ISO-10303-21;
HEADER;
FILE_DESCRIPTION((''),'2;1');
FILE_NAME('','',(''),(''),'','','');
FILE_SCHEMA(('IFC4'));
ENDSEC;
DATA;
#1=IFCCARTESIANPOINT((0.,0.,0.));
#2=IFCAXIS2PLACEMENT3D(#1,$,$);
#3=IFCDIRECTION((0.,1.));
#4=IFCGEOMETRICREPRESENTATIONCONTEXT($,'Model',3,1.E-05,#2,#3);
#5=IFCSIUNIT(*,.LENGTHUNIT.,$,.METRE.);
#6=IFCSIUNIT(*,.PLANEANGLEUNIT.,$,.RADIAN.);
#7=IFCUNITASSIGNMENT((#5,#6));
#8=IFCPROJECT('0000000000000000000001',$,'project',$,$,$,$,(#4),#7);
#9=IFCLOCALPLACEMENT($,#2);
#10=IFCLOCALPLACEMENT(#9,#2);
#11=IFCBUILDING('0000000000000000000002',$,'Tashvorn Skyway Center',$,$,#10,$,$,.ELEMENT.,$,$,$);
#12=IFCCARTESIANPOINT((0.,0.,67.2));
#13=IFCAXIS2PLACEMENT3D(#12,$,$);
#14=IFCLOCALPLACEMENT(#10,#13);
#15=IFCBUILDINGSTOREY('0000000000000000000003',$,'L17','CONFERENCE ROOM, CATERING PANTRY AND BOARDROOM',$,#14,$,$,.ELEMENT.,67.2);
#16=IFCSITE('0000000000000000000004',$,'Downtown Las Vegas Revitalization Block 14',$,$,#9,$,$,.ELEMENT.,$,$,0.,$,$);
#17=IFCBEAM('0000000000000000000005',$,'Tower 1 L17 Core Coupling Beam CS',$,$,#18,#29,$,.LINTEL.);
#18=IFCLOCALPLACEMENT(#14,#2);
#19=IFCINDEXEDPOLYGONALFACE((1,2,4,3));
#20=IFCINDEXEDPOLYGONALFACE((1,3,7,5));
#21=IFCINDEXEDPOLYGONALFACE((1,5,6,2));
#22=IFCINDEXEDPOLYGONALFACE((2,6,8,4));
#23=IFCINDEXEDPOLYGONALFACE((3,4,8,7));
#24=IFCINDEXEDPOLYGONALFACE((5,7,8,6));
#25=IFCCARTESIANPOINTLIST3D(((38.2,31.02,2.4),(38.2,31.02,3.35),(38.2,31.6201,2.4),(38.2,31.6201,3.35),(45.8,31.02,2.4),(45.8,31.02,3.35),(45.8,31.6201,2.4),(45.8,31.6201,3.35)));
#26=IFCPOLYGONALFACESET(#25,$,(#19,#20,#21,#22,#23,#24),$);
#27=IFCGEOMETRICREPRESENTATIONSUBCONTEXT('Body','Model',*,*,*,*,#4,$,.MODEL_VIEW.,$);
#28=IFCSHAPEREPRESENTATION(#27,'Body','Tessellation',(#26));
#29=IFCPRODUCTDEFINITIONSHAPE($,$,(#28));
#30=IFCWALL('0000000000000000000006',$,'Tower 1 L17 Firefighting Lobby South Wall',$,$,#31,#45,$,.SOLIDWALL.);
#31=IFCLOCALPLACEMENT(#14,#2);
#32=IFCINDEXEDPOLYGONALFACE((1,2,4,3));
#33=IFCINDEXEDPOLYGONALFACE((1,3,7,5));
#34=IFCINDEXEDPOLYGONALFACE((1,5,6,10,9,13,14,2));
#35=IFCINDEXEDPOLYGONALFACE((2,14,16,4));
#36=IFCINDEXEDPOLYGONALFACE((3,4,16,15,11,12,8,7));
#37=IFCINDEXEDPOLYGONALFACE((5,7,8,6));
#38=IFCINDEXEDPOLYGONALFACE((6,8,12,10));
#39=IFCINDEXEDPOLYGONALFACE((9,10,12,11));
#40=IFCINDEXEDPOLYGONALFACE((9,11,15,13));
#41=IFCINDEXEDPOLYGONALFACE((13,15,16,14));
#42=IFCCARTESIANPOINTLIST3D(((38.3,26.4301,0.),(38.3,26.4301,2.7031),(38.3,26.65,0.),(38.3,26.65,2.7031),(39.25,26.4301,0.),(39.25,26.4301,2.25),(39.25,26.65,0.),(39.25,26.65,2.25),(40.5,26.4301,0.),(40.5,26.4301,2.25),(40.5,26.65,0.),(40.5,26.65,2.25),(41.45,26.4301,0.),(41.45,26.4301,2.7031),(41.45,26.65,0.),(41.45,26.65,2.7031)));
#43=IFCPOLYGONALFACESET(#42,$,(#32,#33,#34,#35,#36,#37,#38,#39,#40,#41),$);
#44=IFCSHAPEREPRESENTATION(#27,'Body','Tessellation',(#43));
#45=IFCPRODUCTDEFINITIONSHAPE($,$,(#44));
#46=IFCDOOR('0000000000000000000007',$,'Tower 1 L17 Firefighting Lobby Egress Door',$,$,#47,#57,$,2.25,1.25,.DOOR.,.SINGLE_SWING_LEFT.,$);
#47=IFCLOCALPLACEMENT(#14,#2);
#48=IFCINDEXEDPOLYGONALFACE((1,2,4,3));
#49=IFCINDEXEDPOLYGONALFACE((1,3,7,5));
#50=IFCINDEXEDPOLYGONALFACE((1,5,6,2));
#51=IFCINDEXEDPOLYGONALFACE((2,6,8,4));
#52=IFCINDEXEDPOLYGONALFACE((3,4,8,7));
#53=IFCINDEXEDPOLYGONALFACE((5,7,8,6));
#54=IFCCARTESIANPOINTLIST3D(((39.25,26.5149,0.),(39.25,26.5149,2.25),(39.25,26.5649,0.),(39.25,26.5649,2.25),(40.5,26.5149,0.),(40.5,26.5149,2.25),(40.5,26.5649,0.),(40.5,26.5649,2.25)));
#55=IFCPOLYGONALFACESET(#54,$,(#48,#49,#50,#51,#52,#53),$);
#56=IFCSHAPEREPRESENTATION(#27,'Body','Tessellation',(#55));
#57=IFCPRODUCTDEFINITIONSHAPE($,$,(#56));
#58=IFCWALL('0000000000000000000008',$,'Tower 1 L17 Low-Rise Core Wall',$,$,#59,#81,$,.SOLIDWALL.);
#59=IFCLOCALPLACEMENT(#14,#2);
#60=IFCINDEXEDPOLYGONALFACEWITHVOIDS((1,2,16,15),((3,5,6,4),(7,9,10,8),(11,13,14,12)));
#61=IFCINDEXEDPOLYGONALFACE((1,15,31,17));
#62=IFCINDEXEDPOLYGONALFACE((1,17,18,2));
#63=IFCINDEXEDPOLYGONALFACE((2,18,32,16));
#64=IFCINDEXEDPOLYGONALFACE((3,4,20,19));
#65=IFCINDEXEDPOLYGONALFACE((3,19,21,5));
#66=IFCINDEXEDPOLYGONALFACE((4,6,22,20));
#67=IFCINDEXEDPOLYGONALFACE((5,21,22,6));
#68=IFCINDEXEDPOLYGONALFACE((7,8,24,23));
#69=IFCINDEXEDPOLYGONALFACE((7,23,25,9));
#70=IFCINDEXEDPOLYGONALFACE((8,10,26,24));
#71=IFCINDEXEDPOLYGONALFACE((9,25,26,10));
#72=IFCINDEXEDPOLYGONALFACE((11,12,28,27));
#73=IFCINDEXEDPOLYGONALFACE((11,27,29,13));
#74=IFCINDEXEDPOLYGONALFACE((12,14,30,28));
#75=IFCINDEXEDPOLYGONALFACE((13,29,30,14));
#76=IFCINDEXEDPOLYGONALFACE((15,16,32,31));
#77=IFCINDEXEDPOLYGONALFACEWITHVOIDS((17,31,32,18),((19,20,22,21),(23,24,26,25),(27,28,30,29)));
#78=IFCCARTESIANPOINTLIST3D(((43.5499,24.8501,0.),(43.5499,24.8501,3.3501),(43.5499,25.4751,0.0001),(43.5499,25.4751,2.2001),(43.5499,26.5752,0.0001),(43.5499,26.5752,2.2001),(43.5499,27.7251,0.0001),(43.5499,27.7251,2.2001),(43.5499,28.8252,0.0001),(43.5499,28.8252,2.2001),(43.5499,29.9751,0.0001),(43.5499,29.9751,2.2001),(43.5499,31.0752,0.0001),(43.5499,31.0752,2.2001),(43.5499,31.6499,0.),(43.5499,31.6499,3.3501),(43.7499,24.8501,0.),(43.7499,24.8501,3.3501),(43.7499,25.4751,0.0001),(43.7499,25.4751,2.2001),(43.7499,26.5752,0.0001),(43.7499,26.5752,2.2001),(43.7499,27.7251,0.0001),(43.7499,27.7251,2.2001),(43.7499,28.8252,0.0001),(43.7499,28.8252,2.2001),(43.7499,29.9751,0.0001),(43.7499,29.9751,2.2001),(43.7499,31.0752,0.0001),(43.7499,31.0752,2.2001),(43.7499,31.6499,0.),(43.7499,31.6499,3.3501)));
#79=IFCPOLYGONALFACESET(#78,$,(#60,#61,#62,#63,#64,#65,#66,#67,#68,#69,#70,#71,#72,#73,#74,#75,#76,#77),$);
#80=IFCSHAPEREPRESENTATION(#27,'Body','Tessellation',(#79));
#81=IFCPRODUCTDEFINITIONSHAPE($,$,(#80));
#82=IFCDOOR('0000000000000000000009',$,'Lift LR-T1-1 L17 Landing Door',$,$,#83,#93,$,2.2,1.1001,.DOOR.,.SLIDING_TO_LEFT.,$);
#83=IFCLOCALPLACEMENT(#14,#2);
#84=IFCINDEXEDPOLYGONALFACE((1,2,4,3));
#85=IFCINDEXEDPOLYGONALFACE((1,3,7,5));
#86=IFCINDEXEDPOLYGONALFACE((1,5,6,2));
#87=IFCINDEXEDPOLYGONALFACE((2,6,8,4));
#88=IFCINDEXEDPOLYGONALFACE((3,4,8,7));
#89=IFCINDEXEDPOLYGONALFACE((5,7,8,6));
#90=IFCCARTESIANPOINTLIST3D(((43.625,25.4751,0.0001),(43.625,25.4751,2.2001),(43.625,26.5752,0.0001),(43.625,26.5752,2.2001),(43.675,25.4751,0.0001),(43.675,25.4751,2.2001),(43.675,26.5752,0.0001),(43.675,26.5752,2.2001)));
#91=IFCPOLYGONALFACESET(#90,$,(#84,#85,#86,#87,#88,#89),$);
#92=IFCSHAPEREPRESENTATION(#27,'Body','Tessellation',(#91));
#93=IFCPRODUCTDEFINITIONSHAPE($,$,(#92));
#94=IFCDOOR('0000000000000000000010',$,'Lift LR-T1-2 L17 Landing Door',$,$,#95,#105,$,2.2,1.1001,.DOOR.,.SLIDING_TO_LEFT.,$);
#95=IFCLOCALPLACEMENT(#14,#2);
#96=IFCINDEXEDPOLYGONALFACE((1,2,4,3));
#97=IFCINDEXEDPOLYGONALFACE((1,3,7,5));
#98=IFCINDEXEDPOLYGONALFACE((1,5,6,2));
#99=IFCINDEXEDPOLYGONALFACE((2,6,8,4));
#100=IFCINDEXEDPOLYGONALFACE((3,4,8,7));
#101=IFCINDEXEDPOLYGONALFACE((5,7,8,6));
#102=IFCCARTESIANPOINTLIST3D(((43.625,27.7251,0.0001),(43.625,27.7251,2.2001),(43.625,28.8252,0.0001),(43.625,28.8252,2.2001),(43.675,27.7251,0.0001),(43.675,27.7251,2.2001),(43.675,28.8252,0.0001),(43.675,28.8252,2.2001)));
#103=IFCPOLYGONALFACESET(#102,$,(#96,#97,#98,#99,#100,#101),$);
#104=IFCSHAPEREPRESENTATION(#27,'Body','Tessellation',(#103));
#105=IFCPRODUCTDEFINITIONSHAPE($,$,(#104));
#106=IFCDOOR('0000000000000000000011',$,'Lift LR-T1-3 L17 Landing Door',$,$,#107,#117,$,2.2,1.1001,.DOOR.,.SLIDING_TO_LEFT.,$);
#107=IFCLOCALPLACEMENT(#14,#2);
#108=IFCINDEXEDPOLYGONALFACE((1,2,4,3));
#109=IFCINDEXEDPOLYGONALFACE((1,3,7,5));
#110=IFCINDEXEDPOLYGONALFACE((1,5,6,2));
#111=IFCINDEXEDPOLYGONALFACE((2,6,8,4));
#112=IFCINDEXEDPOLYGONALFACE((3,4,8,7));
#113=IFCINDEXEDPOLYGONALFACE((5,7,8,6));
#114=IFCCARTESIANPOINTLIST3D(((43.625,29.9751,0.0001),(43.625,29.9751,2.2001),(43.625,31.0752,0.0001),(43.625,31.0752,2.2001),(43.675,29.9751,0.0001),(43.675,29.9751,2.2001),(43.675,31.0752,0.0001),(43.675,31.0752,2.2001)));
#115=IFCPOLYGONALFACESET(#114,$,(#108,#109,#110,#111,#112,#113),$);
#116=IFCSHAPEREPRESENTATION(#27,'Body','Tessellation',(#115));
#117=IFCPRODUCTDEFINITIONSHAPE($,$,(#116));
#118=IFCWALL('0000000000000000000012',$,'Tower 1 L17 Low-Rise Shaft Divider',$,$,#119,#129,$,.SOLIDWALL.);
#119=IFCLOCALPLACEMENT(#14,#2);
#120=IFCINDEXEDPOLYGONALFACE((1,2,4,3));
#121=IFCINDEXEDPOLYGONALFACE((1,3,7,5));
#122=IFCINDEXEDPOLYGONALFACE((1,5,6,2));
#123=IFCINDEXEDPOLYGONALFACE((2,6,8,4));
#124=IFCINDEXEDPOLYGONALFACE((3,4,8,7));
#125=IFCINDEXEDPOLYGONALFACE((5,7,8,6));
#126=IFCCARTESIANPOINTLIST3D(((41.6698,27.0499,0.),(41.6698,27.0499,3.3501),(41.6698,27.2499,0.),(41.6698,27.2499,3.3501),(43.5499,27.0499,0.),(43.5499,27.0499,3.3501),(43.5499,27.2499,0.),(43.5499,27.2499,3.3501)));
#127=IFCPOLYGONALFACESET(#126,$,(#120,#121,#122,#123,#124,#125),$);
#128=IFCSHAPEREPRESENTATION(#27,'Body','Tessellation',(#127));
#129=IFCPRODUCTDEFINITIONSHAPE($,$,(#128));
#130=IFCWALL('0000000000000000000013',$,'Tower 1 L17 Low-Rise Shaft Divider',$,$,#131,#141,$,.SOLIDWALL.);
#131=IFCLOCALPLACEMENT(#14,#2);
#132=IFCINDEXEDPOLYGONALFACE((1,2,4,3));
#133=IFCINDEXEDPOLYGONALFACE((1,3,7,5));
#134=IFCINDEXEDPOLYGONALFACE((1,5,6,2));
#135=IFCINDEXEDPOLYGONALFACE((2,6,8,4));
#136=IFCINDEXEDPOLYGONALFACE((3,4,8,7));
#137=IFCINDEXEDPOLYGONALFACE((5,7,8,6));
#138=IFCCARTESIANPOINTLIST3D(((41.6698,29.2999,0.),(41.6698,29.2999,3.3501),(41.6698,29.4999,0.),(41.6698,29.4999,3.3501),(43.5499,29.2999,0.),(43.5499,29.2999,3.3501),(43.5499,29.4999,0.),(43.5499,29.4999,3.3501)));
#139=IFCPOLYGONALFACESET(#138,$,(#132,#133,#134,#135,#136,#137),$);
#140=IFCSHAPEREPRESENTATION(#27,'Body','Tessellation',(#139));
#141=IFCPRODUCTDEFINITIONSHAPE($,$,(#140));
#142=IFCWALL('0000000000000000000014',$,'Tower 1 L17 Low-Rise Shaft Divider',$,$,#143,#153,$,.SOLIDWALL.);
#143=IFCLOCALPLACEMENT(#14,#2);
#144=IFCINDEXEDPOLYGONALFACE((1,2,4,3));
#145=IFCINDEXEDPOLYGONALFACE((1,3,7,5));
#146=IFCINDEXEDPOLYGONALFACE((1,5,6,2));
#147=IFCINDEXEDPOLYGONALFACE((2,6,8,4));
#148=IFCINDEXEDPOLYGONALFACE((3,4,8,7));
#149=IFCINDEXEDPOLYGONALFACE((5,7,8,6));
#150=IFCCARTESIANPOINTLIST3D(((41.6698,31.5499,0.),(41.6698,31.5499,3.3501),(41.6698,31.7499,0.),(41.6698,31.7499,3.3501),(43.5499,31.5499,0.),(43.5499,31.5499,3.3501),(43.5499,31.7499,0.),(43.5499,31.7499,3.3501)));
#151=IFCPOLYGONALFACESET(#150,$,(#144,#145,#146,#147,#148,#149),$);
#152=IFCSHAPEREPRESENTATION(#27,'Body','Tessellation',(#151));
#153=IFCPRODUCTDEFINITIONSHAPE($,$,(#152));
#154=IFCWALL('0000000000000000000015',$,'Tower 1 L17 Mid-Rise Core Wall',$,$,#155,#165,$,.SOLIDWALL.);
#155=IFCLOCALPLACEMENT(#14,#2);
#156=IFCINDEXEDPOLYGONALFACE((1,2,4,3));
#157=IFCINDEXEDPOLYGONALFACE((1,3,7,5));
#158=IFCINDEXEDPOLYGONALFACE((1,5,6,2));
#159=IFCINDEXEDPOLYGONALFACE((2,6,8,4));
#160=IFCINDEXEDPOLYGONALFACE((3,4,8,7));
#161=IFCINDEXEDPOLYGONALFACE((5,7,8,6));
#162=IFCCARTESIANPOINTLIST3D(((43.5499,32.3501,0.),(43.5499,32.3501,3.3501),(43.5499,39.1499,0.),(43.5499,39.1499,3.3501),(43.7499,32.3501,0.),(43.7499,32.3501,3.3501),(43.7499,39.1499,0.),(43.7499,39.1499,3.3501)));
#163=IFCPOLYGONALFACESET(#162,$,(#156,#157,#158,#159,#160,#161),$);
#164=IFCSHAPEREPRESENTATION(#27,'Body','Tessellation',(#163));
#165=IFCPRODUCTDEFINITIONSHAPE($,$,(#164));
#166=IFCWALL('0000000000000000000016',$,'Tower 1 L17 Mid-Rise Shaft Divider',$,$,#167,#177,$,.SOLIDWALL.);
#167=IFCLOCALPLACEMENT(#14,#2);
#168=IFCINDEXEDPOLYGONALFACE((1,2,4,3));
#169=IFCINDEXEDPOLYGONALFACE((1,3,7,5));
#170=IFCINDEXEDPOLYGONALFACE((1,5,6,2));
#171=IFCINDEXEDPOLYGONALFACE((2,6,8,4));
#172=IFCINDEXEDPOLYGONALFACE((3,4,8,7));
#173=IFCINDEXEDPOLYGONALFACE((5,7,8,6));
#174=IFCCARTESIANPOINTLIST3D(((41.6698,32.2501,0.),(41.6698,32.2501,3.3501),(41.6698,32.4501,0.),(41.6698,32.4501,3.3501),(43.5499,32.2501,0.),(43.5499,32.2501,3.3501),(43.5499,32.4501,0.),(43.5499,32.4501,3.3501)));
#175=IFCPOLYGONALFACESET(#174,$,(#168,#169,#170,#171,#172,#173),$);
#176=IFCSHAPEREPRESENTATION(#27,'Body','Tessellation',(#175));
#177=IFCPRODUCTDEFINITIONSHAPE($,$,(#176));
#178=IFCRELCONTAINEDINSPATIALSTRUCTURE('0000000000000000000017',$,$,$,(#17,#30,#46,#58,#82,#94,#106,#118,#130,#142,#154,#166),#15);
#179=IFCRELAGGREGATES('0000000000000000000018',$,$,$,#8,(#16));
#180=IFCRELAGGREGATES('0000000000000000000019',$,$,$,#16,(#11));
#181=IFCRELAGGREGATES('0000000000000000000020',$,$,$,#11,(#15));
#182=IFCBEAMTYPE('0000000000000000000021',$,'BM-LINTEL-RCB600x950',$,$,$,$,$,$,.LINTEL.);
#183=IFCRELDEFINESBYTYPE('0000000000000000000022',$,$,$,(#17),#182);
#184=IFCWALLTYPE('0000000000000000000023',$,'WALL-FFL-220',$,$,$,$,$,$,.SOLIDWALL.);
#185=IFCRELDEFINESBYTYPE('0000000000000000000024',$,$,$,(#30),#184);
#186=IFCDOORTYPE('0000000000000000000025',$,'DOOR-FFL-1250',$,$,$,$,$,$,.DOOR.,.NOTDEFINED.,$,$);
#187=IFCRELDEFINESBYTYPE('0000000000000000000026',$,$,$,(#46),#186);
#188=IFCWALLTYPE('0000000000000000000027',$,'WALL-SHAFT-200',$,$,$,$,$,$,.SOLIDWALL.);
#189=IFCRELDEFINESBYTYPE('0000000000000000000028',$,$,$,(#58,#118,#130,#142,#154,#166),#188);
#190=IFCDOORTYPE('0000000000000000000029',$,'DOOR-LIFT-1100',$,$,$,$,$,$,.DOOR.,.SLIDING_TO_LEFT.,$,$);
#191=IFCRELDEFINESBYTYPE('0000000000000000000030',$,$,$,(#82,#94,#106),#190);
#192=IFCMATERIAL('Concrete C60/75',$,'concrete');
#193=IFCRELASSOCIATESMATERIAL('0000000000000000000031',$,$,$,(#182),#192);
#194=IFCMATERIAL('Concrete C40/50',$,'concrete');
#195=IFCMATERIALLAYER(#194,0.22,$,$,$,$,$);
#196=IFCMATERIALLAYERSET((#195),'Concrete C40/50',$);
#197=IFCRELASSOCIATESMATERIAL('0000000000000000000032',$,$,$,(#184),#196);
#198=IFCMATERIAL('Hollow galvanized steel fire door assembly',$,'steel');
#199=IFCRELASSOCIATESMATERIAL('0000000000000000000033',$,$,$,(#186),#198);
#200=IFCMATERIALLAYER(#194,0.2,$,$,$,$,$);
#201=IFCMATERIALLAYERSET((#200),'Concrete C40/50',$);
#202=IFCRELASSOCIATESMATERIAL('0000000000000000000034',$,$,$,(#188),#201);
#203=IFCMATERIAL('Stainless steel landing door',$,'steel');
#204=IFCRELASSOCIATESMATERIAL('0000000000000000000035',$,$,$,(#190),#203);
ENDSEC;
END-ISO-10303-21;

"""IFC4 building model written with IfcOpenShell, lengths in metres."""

from ifc_helpers import new_model, si_unit, direction, frame, frame_2d, origin, origin_2d, place, context, subcontext, project, spatial, rectangle, extrude, material, layer, layer_set, material_profile, profile_set, type_object, element, fill, save


model = new_model("IFC4")

# Units and contexts
model_context = context("Model", 3, precision=1e-05, world=origin(), true_north=direction((0.0, 1.0)))
body_context = subcontext(model_context, "Body", "Model", "MODEL_VIEW")
ifc_project = project(units=[si_unit("LENGTHUNIT", "METRE"), si_unit("PLANEANGLEUNIT", "RADIAN")], contexts=[model_context])

# Site, building, storey
site_placement = place(None, origin())
site = spatial("IfcSite", under=ifc_project, at=site_placement, Name="Downtown Las Vegas Revitalization Block 14", CompositionType="ELEMENT", RefElevation=0.0)
building_placement = place(site_placement, origin())
building = spatial("IfcBuilding", under=site, at=building_placement, Name="Tashvorn Skyway Center", CompositionType="ELEMENT")
storey_placement = place(building_placement, frame((0.0, 0.0, 67.2)))
storey = spatial("IfcBuildingStorey", under=building, at=storey_placement, Name="L17", Description="CONFERENCE ROOM, CATERING PANTRY AND BOARDROOM", CompositionType="ELEMENT", Elevation=67.2)

# Beam
ifc_material_1 = material(Name="Concrete C60/75", Category="concrete")
ifc_material_profile = material_profile(ifc_material_1, rectangle(XDim=0.6001, YDim=0.95, at=origin_2d()), Name="RCB600x950")
ifc_profile_set = profile_set([ifc_material_profile], Name="Concrete C60/75")
beam_type = type_object("IfcBeamType", Name="BM-LINTEL-RCB600x950", PredefinedType="LINTEL", material=ifc_profile_set)
beam_placement = place(storey_placement, frame((38.2, 31.3201, 2.875), z_axis=(1.0, 0.0, 0.0), x_axis=(0.0, 1.0, 0.0)))
element("IfcBeam", 1, at=beam_placement, inside=storey, type_object=beam_type, Name="Tower 1 L17 Core Coupling Beam CS", PredefinedType="LINTEL", context=body_context, shape_type="SweptSolid", body=[
    extrude(rectangle(XDim=0.6001, YDim=0.95, at=origin_2d()), origin(), (0.0, 0.0, 1.0), 7.6001),
])

# Wall, opening, door
ifc_material_2 = material(Name="Concrete C40/50", Category="concrete")
ifc_layer_1 = layer(ifc_material_2, 0.22)
ifc_layer_set_1 = layer_set([ifc_layer_1], Name="Concrete C40/50")
wall_type_1 = type_object("IfcWallType", Name="WALL-FFL-220", PredefinedType="SOLIDWALL", material=ifc_layer_set_1)
wall_1_placement = place(storey_placement, frame((38.3, 26.54, 0.0), z_axis=(0.0, 0.0, 1.0), x_axis=(1.0, 0.0, 0.0)))
wall_1 = element("IfcWall", 2, at=wall_1_placement, inside=storey, type_object=wall_type_1, Name="Tower 1 L17 Firefighting Lobby South Wall", PredefinedType="SOLIDWALL", context=body_context, shape_type="SweptSolid", body=[
    extrude(rectangle(XDim=3.1499, YDim=0.22, at=frame_2d((1.575, 0.0))), origin(), (0.0, 0.0, 1.0), 2.7031),
])
opening_1_placement = place(wall_1_placement, frame((0.95, 0.0, 0.0)))
opening_1 = element("IfcOpeningElement", 3, at=opening_1_placement, cuts=wall_1, PredefinedType="OPENING", context=body_context, shape_type="SweptSolid", body=[
    extrude(rectangle(XDim=1.25, YDim=2.25, at=frame_2d((0.625, 1.125))), frame((0.0, 0.1199, 0.0), z_axis=(0.0, -1.0, 0.0), x_axis=(1.0, 0.0, 0.0)), (0.0, 0.0, 1.0), 0.24),
])
ifc_material_3 = material(Name="Hollow galvanized steel fire door assembly", Category="steel")
door_type_1 = type_object("IfcDoorType", Name="DOOR-FFL-1250", OperationType="NOTDEFINED", PredefinedType="DOOR", material=ifc_material_3)
door_1_placement = place(opening_1_placement, origin())
door_1 = element("IfcDoor", 4, at=door_1_placement, inside=storey, type_object=door_type_1, Name="Tower 1 L17 Firefighting Lobby Egress Door", OperationType="SINGLE_SWING_LEFT", OverallHeight=2.25, OverallWidth=1.25, PredefinedType="DOOR", context=body_context, shape_type="SweptSolid", body=[
    extrude(rectangle(XDim=1.25, YDim=2.25, at=frame_2d((0.625, 1.125))), frame((0.0, 0.0249, 0.0), z_axis=(0.0, -1.0, 0.0), x_axis=(1.0, 0.0, 0.0)), (0.0, 0.0, 1.0), 0.05),
])
fill(opening_1, door_1)

# Wall, openings, doors
ifc_layer_2 = layer(ifc_material_2, 0.2)
ifc_layer_set_2 = layer_set([ifc_layer_2], Name="Concrete C40/50")
wall_type_2 = type_object("IfcWallType", Name="WALL-SHAFT-200", PredefinedType="SOLIDWALL", material=ifc_layer_set_2)
wall_2_placement = place(storey_placement, frame((43.6499, 24.8501, 0.0), z_axis=(0.0, 0.0, 1.0), x_axis=(0.0, 1.0, 0.0)))
wall_2 = element("IfcWall", 5, at=wall_2_placement, inside=storey, type_object=wall_type_2, Name="Tower 1 L17 Low-Rise Core Wall", PredefinedType="SOLIDWALL", context=body_context, shape_type="SweptSolid", body=[
    extrude(rectangle(XDim=6.7998, YDim=0.2, at=frame_2d((3.3999, 0.0))), origin(), (0.0, 0.0, 1.0), 3.3501),
])
opening_2_placement = place(wall_2_placement, frame((0.625, 0.0, 0.0)))
opening_2 = element("IfcOpeningElement", 6, at=opening_2_placement, cuts=wall_2, PredefinedType="OPENING", context=body_context, shape_type="SweptSolid", body=[
    extrude(rectangle(XDim=1.1001, YDim=2.2, at=frame_2d((0.55, 1.1001))), frame((0.0, 0.1099, 0.0), z_axis=(0.0, -1.0, 0.0), x_axis=(1.0, 0.0, 0.0)), (0.0, 0.0, 1.0), 0.22),
])
opening_3_placement = place(wall_2_placement, frame((2.875, 0.0, 0.0)))
opening_3 = element("IfcOpeningElement", 7, at=opening_3_placement, cuts=wall_2, PredefinedType="OPENING", context=body_context, shape_type="SweptSolid", body=[
    extrude(rectangle(XDim=1.1001, YDim=2.2, at=frame_2d((0.55, 1.1001))), frame((0.0, 0.1099, 0.0), z_axis=(0.0, -1.0, 0.0), x_axis=(1.0, 0.0, 0.0)), (0.0, 0.0, 1.0), 0.22),
])
opening_4_placement = place(wall_2_placement, frame((5.125, 0.0, 0.0)))
opening_4 = element("IfcOpeningElement", 8, at=opening_4_placement, cuts=wall_2, PredefinedType="OPENING", context=body_context, shape_type="SweptSolid", body=[
    extrude(rectangle(XDim=1.1001, YDim=2.2, at=frame_2d((0.55, 1.1001))), frame((0.0, 0.1099, 0.0), z_axis=(0.0, -1.0, 0.0), x_axis=(1.0, 0.0, 0.0)), (0.0, 0.0, 1.0), 0.22),
])
ifc_material_4 = material(Name="Stainless steel landing door", Category="steel")
door_type_2 = type_object("IfcDoorType", Name="DOOR-LIFT-1100", OperationType="SLIDING_TO_LEFT", PredefinedType="DOOR", material=ifc_material_4)
door_2_placement = place(opening_2_placement, origin())
door_2 = element("IfcDoor", 9, at=door_2_placement, inside=storey, type_object=door_type_2, Name="Lift LR-T1-1 L17 Landing Door", OperationType="SLIDING_TO_LEFT", OverallHeight=2.2, OverallWidth=1.1001, PredefinedType="DOOR", context=body_context, shape_type="SweptSolid", body=[
    extrude(rectangle(XDim=1.1001, YDim=2.2, at=frame_2d((0.55, 1.1001))), frame((0.0, 0.0249, 0.0), z_axis=(0.0, -1.0, 0.0), x_axis=(1.0, 0.0, 0.0)), (0.0, 0.0, 1.0), 0.05),
])
fill(opening_2, door_2)
door_3_placement = place(opening_3_placement, origin())
door_3 = element("IfcDoor", 10, at=door_3_placement, inside=storey, type_object=door_type_2, Name="Lift LR-T1-2 L17 Landing Door", OperationType="SLIDING_TO_LEFT", OverallHeight=2.2, OverallWidth=1.1001, PredefinedType="DOOR", context=body_context, shape_type="SweptSolid", body=[
    extrude(rectangle(XDim=1.1001, YDim=2.2, at=frame_2d((0.55, 1.1001))), frame((0.0, 0.0249, 0.0), z_axis=(0.0, -1.0, 0.0), x_axis=(1.0, 0.0, 0.0)), (0.0, 0.0, 1.0), 0.05),
])
fill(opening_3, door_3)
door_4_placement = place(opening_4_placement, origin())
door_4 = element("IfcDoor", 11, at=door_4_placement, inside=storey, type_object=door_type_2, Name="Lift LR-T1-3 L17 Landing Door", OperationType="SLIDING_TO_LEFT", OverallHeight=2.2, OverallWidth=1.1001, PredefinedType="DOOR", context=body_context, shape_type="SweptSolid", body=[
    extrude(rectangle(XDim=1.1001, YDim=2.2, at=frame_2d((0.55, 1.1001))), frame((0.0, 0.0249, 0.0), z_axis=(0.0, -1.0, 0.0), x_axis=(1.0, 0.0, 0.0)), (0.0, 0.0, 1.0), 0.05),
])
fill(opening_4, door_4)

# Walls
for number, where, z_axis, x_axis, name in (
    (12, (41.6699, 27.1499, 0.0), (0.0, 0.0, 1.0), (1.0, 0.0, 0.0), "Tower 1 L17 Low-Rise Shaft Divider"),
    (13, (41.6699, 29.3999, 0.0), (0.0, 0.0, 1.0), (1.0, 0.0, 0.0), "Tower 1 L17 Low-Rise Shaft Divider"),
    (14, (41.6699, 31.6499, 0.0), (0.0, 0.0, 1.0), (1.0, 0.0, 0.0), "Tower 1 L17 Low-Rise Shaft Divider"),
):
    element("IfcWall", number, at=place(storey_placement, frame(where, z_axis=z_axis, x_axis=x_axis)), inside=storey, type_object=wall_type_2, Name=name, PredefinedType="SOLIDWALL", context=body_context, shape_type="SweptSolid", body=[
        extrude(rectangle(XDim=1.8801, YDim=0.2, at=frame_2d((0.9399, 0.0))), origin(), (0.0, 0.0, 1.0), 3.3501),
    ])
wall_3_placement = place(storey_placement, frame((43.6499, 32.3501, 0.0), z_axis=(0.0, 0.0, 1.0), x_axis=(0.0, 1.0, 0.0)))
element("IfcWall", 15, at=wall_3_placement, inside=storey, type_object=wall_type_2, Name="Tower 1 L17 Mid-Rise Core Wall", PredefinedType="SOLIDWALL", context=body_context, shape_type="SweptSolid", body=[
    extrude(rectangle(XDim=6.7998, YDim=0.2, at=frame_2d((3.3999, 0.0))), origin(), (0.0, 0.0, 1.0), 3.3501),
])
wall_4_placement = place(storey_placement, frame((41.6699, 32.3501, 0.0), z_axis=(0.0, 0.0, 1.0), x_axis=(1.0, 0.0, 0.0)))
element("IfcWall", 16, at=wall_4_placement, inside=storey, type_object=wall_type_2, Name="Tower 1 L17 Mid-Rise Shaft Divider", PredefinedType="SOLIDWALL", context=body_context, shape_type="SweptSolid", body=[
    extrude(rectangle(XDim=1.8801, YDim=0.2, at=frame_2d((0.9399, 0.0))), origin(), (0.0, 0.0, 1.0), 3.3501),
])

save(model, "model.ifc")
